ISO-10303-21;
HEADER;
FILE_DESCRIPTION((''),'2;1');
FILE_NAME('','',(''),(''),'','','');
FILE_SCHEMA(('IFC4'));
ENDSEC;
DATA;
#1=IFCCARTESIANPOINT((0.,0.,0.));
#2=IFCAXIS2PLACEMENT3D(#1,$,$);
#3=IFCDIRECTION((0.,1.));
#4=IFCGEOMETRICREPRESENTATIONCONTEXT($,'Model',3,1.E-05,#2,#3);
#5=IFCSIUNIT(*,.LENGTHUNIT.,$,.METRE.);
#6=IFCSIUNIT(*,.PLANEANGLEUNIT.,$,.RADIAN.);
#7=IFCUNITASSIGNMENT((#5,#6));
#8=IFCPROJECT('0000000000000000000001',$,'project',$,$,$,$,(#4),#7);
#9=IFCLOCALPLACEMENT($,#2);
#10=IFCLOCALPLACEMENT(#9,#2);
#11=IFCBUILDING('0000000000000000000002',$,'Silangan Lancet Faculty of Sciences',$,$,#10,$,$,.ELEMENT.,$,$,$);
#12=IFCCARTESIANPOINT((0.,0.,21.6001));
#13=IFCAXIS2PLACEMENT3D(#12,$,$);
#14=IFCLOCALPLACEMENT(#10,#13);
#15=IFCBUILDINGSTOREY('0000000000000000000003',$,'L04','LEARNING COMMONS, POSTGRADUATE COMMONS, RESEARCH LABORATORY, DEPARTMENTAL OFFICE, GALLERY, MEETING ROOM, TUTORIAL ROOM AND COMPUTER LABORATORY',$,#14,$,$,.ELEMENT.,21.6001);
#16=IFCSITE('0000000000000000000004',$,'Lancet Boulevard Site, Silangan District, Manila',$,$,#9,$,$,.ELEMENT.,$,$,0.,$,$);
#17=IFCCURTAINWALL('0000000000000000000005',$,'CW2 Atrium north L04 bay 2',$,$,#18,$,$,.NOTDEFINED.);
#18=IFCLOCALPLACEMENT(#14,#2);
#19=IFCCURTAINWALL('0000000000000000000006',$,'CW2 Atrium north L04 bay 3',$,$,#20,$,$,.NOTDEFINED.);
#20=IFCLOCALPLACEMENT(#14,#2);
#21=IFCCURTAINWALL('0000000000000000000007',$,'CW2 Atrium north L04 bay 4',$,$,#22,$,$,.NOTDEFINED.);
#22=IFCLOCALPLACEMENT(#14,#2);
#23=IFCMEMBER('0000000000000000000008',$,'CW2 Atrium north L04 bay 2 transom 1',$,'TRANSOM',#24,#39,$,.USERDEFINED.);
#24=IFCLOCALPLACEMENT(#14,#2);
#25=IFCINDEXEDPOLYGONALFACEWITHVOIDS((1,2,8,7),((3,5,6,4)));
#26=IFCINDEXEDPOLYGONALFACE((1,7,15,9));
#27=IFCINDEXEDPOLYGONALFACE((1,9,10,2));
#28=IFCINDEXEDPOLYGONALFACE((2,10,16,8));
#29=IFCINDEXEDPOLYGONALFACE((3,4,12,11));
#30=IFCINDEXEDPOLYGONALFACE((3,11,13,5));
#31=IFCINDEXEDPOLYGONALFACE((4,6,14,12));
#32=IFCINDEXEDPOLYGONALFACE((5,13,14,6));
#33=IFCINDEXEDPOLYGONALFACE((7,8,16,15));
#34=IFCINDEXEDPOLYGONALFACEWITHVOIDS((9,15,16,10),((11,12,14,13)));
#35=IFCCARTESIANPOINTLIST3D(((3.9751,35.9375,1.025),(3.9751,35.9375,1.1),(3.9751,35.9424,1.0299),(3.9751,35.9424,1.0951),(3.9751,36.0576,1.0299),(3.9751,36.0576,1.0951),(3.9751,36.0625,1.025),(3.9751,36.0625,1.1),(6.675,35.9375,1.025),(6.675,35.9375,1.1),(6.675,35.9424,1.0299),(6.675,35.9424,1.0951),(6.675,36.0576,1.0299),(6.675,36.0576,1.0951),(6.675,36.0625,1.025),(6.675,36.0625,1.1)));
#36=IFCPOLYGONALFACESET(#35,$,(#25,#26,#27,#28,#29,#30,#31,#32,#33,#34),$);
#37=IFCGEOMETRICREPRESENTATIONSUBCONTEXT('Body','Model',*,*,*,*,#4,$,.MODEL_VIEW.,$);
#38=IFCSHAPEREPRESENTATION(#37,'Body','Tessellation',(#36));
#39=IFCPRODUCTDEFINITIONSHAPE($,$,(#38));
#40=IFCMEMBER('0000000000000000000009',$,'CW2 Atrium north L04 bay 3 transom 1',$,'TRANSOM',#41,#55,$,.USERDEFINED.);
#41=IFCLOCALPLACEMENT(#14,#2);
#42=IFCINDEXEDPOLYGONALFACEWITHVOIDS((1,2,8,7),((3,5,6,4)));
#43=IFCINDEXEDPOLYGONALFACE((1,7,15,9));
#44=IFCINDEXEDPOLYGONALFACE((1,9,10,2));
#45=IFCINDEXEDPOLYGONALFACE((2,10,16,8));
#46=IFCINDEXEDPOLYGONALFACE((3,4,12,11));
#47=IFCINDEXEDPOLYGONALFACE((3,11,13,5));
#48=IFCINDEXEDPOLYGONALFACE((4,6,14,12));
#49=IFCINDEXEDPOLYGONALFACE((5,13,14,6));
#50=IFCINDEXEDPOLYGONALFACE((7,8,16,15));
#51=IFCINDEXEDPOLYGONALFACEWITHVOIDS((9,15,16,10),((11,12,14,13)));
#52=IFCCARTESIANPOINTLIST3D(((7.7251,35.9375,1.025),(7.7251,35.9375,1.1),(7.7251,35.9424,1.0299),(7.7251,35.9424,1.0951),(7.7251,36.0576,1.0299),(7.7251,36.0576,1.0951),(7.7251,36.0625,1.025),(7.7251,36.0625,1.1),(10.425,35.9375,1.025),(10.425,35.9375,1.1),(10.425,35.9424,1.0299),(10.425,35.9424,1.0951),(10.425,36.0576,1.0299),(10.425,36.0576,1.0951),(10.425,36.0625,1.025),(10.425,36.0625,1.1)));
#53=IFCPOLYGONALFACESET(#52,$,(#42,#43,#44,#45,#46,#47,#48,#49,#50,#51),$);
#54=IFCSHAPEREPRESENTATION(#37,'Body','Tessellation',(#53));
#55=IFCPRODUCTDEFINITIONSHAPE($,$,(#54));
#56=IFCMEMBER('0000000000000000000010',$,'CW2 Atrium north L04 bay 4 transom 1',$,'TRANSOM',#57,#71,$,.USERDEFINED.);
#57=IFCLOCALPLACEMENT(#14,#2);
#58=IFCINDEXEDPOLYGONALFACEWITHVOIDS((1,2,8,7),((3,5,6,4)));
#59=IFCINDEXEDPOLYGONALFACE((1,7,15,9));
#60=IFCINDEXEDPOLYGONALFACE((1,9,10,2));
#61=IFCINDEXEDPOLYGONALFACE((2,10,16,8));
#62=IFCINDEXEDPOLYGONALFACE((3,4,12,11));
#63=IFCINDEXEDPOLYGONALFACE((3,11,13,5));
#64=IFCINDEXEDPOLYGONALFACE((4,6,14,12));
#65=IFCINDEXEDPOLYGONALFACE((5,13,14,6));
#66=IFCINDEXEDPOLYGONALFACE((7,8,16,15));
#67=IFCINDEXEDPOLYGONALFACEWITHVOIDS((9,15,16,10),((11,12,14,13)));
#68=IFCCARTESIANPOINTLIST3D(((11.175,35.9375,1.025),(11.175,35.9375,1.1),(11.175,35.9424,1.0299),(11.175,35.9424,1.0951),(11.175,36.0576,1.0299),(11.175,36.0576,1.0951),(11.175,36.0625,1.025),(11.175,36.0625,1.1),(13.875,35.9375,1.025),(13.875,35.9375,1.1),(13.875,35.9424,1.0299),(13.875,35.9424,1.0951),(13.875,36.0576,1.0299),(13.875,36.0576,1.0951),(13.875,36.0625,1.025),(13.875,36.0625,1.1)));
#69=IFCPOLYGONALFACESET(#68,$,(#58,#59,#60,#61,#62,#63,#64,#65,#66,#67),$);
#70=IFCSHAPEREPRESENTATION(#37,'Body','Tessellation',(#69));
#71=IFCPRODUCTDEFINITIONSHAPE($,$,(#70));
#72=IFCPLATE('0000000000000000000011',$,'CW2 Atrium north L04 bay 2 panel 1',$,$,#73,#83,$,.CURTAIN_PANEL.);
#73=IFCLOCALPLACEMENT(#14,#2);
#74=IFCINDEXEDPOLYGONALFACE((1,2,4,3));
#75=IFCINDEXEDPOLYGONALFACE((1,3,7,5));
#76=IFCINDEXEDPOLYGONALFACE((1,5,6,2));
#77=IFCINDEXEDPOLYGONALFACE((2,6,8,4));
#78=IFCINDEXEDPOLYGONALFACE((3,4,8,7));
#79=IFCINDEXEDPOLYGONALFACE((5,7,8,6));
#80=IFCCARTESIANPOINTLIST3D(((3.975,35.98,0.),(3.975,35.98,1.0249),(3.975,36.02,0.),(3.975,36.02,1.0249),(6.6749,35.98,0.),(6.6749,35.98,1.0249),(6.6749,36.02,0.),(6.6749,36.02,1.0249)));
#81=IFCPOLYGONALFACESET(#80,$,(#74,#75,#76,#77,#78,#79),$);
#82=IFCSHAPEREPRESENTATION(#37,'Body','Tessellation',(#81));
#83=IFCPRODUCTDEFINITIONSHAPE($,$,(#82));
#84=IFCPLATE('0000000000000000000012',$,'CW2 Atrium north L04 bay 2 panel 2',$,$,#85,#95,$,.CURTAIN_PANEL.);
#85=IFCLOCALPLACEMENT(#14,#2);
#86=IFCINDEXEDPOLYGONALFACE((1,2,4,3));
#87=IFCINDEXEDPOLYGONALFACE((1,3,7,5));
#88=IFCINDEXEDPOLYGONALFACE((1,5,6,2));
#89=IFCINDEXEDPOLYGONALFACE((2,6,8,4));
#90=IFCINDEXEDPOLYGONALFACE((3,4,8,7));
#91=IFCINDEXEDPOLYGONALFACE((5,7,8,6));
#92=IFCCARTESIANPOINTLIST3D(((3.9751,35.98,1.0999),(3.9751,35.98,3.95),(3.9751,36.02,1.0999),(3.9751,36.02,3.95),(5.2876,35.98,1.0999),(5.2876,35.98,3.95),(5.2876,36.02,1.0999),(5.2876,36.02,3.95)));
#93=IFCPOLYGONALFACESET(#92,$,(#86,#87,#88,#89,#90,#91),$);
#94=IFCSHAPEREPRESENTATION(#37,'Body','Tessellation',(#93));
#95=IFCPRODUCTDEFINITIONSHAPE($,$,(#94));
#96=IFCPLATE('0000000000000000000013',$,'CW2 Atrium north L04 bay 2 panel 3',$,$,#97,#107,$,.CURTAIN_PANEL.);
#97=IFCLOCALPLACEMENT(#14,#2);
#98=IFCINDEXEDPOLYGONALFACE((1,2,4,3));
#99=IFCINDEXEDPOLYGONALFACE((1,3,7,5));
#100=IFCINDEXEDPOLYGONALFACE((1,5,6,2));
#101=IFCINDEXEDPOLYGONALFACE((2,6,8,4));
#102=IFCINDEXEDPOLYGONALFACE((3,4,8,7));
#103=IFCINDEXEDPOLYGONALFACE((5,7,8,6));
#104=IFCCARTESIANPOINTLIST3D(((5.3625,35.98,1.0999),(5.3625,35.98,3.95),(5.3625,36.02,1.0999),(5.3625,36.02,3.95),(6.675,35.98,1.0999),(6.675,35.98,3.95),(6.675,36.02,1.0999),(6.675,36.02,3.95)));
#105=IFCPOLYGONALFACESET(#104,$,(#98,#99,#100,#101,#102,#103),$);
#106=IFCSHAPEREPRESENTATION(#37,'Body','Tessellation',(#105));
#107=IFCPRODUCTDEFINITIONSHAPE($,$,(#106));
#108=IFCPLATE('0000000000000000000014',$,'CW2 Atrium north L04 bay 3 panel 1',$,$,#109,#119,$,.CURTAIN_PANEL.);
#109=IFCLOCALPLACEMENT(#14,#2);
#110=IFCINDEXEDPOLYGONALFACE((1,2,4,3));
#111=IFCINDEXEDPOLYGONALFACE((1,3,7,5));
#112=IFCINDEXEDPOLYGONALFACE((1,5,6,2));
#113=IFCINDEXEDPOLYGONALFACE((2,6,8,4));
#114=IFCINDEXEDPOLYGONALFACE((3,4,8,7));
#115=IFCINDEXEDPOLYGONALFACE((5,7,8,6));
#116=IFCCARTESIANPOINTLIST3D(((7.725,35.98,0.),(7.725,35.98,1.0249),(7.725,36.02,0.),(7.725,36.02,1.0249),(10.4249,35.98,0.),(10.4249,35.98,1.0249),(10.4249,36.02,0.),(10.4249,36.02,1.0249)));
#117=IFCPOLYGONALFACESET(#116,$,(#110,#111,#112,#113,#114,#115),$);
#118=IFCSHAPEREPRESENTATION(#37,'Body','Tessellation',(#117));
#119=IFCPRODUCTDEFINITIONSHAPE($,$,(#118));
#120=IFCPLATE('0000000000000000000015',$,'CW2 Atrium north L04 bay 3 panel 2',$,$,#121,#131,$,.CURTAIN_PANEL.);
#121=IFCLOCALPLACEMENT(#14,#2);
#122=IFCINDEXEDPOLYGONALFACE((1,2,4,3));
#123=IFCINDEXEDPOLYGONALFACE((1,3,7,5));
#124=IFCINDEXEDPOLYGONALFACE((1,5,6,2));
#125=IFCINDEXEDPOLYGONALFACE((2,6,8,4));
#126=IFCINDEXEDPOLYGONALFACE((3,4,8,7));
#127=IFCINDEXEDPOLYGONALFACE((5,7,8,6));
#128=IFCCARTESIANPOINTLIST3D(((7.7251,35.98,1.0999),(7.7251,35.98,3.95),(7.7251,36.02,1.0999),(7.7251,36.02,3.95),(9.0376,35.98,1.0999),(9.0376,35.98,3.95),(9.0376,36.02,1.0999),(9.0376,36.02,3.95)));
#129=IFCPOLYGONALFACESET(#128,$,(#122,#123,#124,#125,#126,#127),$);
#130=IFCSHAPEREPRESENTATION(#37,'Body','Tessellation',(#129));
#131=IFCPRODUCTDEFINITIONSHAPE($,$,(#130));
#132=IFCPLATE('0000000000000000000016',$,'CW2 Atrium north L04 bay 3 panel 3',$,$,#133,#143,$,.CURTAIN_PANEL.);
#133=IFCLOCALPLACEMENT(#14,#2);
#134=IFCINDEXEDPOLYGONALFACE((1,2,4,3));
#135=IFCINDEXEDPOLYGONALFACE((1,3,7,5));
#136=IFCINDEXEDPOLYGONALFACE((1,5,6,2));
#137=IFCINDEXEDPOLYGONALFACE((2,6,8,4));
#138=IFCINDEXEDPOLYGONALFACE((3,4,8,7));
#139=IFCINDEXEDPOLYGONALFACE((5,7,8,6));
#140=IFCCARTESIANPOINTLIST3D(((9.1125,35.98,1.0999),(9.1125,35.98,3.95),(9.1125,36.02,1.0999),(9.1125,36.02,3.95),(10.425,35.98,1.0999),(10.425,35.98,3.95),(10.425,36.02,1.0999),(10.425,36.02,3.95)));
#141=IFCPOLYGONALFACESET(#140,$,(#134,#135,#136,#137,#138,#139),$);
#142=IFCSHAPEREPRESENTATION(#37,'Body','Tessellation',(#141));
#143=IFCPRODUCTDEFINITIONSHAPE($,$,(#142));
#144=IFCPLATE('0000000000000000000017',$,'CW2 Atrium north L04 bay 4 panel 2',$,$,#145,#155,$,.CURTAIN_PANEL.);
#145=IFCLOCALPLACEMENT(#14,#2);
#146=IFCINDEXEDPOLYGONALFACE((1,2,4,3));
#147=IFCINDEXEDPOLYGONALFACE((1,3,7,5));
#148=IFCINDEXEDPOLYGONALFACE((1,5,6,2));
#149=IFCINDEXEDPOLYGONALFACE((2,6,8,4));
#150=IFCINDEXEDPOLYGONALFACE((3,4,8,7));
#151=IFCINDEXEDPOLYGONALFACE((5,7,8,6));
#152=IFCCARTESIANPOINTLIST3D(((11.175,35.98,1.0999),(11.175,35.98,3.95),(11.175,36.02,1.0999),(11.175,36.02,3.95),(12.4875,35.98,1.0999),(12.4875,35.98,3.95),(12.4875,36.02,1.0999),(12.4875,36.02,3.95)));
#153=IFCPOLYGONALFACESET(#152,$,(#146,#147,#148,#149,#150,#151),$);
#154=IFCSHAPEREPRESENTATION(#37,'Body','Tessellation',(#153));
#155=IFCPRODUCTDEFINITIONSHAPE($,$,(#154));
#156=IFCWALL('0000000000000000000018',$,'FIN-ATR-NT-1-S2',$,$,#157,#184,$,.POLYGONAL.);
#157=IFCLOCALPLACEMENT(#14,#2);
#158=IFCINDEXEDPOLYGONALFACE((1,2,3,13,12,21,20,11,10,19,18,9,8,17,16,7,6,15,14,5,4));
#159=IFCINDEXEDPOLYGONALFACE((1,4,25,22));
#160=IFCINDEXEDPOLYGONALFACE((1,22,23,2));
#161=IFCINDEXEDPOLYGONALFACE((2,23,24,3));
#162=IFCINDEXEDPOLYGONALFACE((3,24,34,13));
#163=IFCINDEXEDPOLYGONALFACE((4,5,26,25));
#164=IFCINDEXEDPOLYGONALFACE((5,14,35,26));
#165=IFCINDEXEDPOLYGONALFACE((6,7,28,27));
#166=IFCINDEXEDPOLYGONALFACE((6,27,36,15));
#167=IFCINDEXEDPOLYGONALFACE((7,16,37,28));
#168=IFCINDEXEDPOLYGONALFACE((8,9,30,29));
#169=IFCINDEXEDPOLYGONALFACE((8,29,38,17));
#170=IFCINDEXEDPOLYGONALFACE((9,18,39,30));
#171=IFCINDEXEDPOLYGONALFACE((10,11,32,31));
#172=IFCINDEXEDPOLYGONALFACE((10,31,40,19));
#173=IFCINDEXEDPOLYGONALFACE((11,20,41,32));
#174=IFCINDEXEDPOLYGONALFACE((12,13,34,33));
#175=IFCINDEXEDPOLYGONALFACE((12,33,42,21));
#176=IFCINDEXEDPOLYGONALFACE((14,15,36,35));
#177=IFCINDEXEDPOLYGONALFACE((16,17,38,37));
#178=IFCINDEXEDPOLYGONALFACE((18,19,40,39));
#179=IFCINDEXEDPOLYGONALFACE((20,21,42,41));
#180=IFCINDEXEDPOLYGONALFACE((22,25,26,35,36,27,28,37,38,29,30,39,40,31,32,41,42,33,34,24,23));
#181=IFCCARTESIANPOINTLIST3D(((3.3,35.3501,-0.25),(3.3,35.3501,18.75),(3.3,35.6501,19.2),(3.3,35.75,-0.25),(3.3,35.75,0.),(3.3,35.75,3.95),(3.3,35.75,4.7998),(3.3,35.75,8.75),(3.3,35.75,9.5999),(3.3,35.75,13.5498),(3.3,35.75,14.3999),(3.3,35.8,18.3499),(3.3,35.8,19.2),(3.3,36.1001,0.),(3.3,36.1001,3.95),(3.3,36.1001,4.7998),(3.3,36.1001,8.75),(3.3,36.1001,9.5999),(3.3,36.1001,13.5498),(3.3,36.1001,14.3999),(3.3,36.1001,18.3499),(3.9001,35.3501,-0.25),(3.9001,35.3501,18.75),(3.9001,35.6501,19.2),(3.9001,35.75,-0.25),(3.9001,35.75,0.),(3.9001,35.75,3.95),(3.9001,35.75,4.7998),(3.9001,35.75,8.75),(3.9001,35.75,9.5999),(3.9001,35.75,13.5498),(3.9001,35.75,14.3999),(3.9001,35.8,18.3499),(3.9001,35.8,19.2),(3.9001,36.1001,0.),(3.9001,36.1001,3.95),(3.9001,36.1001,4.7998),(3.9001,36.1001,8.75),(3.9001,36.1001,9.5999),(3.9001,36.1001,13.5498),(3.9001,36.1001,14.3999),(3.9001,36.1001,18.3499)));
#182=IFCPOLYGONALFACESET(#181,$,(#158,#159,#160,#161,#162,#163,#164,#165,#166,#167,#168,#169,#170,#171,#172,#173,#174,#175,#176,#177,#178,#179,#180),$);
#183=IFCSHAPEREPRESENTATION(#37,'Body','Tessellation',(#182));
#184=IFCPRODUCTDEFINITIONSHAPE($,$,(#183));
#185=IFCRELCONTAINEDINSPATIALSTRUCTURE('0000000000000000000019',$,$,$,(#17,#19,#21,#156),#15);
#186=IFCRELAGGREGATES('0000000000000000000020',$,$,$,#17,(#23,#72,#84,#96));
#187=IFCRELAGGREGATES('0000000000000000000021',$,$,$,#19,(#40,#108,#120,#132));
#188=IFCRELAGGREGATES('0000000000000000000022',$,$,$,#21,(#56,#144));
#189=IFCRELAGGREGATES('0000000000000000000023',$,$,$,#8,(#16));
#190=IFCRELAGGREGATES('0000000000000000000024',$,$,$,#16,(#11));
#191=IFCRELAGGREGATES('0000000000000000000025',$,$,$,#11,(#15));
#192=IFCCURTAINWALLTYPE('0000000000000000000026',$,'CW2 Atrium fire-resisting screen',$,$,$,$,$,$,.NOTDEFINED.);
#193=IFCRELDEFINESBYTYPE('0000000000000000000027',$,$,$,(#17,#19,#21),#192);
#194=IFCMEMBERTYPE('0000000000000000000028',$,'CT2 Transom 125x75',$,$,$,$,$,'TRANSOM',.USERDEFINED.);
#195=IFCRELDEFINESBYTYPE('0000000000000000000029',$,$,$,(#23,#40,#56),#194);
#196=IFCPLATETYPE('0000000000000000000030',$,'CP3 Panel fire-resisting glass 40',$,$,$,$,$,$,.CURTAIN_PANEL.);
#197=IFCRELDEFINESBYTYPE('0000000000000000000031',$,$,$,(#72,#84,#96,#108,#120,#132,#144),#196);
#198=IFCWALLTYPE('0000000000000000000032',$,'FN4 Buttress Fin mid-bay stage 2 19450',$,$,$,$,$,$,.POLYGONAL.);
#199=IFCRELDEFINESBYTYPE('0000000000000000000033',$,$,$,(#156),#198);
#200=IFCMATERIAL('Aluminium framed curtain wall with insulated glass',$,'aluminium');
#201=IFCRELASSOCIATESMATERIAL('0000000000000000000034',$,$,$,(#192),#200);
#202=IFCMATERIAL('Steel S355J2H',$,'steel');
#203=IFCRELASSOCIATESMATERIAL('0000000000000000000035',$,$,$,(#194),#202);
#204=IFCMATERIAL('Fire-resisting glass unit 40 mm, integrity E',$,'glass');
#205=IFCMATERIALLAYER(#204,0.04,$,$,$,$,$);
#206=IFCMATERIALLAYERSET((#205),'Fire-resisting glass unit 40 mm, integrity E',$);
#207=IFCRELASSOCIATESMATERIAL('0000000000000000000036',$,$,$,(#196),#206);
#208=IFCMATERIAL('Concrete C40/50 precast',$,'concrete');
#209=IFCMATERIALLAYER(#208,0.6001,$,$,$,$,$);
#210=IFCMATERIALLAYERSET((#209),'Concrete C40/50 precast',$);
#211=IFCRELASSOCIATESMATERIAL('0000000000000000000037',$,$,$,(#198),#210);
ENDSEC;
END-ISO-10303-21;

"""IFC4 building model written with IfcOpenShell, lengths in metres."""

from ifc_helpers import new_model, si_unit, direction, frame, origin, origin_2d, place, context, subcontext, project, spatial, polyline, rectangle, hollow_rectangle, outline, extrude, material, layer, layer_set, material_profile, profile_set, type_object, element, aggregate, save


model = new_model("IFC4")

# Units and contexts
model_context = context("Model", 3, precision=1e-05, world=origin(), true_north=direction((0.0, 1.0)))
body_context = subcontext(model_context, "Body", "Model", "MODEL_VIEW")
ifc_project = project(units=[si_unit("LENGTHUNIT", "METRE"), si_unit("PLANEANGLEUNIT", "RADIAN")], contexts=[model_context])

# Site, building, storey
site_placement = place(None, origin())
site = spatial("IfcSite", under=ifc_project, at=site_placement, Name="Lancet Boulevard Site, Silangan District, Manila", CompositionType="ELEMENT", RefElevation=0.0)
building_placement = place(site_placement, origin())
building = spatial("IfcBuilding", under=site, at=building_placement, Name="Silangan Lancet Faculty of Sciences", CompositionType="ELEMENT")
storey_placement = place(building_placement, frame((0.0, 0.0, 21.6001)))
storey = spatial("IfcBuildingStorey", under=building, at=storey_placement, Name="L04", Description="LEARNING COMMONS, POSTGRADUATE COMMONS, RESEARCH LABORATORY, DEPARTMENTAL OFFICE, GALLERY, MEETING ROOM, TUTORIAL ROOM AND COMPUTER LABORATORY", CompositionType="ELEMENT", Elevation=21.6001)

# Curtain walls
ifc_material_1 = material(Name="Aluminium framed curtain wall with insulated glass", Category="aluminium")
curtain_wall_type = type_object("IfcCurtainWallType", Name="CW2 Atrium fire-resisting screen", PredefinedType="NOTDEFINED", material=ifc_material_1)
curtain_wall_1_placement = place(storey_placement, origin())
curtain_wall_1 = element("IfcCurtainWall", 1, at=curtain_wall_1_placement, inside=storey, type_object=curtain_wall_type, Name="CW2 Atrium north L04 bay 2", PredefinedType="NOTDEFINED")
curtain_wall_2_placement = place(storey_placement, origin())
curtain_wall_2 = element("IfcCurtainWall", 2, at=curtain_wall_2_placement, inside=storey, type_object=curtain_wall_type, Name="CW2 Atrium north L04 bay 3", PredefinedType="NOTDEFINED")
curtain_wall_3_placement = place(storey_placement, origin())
curtain_wall_3 = element("IfcCurtainWall", 3, at=curtain_wall_3_placement, inside=storey, type_object=curtain_wall_type, Name="CW2 Atrium north L04 bay 4", PredefinedType="NOTDEFINED")

# Members
ifc_material_2 = material(Name="Steel S355J2H", Category="steel")
ifc_material_profile_1 = material_profile(ifc_material_2, hollow_rectangle(XDim=0.125, YDim=0.075, WallThickness=0.0049, at=origin_2d()), Name="ST BOX 125x75x5")
ifc_profile_set_1 = profile_set([ifc_material_profile_1], Name="Steel S355J2H")
member_type_1 = type_object("IfcMemberType", Name="CT2 Transom 125x75", ElementType="TRANSOM", PredefinedType="USERDEFINED", material=ifc_profile_set_1)
member_1_placement = place(storey_placement, frame((3.9751, 36.0, 1.0625), z_axis=(1.0, 0.0, 0.0), x_axis=(0.0, 1.0, 0.0)))
member_1 = element("IfcMember", 4, at=member_1_placement, type_object=member_type_1, Name="CW2 Atrium north L04 bay 2 transom 1", ObjectType="TRANSOM", PredefinedType="USERDEFINED", context=body_context, shape_type="SweptSolid", body=[
    extrude(hollow_rectangle(XDim=0.125, YDim=0.075, WallThickness=0.0049, at=origin_2d()), origin(), (0.0, 0.0, 1.0), 2.7),
])
member_2_placement = place(storey_placement, frame((7.7251, 36.0, 1.0625), z_axis=(1.0, 0.0, 0.0), x_axis=(0.0, 1.0, 0.0)))
member_2 = element("IfcMember", 5, at=member_2_placement, type_object=member_type_1, Name="CW2 Atrium north L04 bay 3 transom 1", ObjectType="TRANSOM", PredefinedType="USERDEFINED", context=body_context, shape_type="SweptSolid", body=[
    extrude(hollow_rectangle(XDim=0.125, YDim=0.075, WallThickness=0.0049, at=origin_2d()), origin(), (0.0, 0.0, 1.0), 2.7),
])
member_3_placement = place(storey_placement, frame((11.175, 36.0, 1.0625), z_axis=(1.0, 0.0, 0.0), x_axis=(0.0, 1.0, 0.0)))
member_3 = element("IfcMember", 6, at=member_3_placement, type_object=member_type_1, Name="CW2 Atrium north L04 bay 4 transom 1", ObjectType="TRANSOM", PredefinedType="USERDEFINED", context=body_context, shape_type="SweptSolid", body=[
    extrude(hollow_rectangle(XDim=0.125, YDim=0.075, WallThickness=0.0049, at=origin_2d()), origin(), (0.0, 0.0, 1.0), 2.7),
])

# Plates
ifc_material_3 = material(Name="Fire-resisting glass unit 40 mm, integrity E", Category="glass")
ifc_layer_1 = layer(ifc_material_3, 0.04)
ifc_layer_set_1 = layer_set([ifc_layer_1], Name="Fire-resisting glass unit 40 mm, integrity E")
plate_type = type_object("IfcPlateType", Name="CP3 Panel fire-resisting glass 40", PredefinedType="CURTAIN_PANEL", material=ifc_layer_set_1)
plate_1_placement = place(storey_placement, frame((5.325, 36.0, 0.0), z_axis=(0.0, 0.0, 1.0), x_axis=(1.0, 0.0, 0.0)))
plate_1 = element("IfcPlate", 7, at=plate_1_placement, type_object=plate_type, Name="CW2 Atrium north L04 bay 2 panel 1", PredefinedType="CURTAIN_PANEL", context=body_context, shape_type="SweptSolid", body=[
    extrude(rectangle(XDim=2.7, YDim=0.04, at=origin_2d()), origin(), (0.0, 0.0, 1.0), 1.0249),
])
plate_2_placement = place(storey_placement, frame((4.6313, 36.0, 1.0999), z_axis=(0.0, 0.0, 1.0), x_axis=(1.0, 0.0, 0.0)))
plate_2 = element("IfcPlate", 8, at=plate_2_placement, type_object=plate_type, Name="CW2 Atrium north L04 bay 2 panel 2", PredefinedType="CURTAIN_PANEL", context=body_context, shape_type="SweptSolid", body=[
    extrude(rectangle(XDim=1.3125, YDim=0.04, at=origin_2d()), origin(), (0.0, 0.0, 1.0), 2.8501),
])
plate_3_placement = place(storey_placement, frame((6.0188, 36.0, 1.0999), z_axis=(0.0, 0.0, 1.0), x_axis=(1.0, 0.0, 0.0)))
plate_3 = element("IfcPlate", 9, at=plate_3_placement, type_object=plate_type, Name="CW2 Atrium north L04 bay 2 panel 3", PredefinedType="CURTAIN_PANEL", context=body_context, shape_type="SweptSolid", body=[
    extrude(rectangle(XDim=1.3125, YDim=0.04, at=origin_2d()), origin(), (0.0, 0.0, 1.0), 2.8501),
])
aggregate(curtain_wall_1, [member_1, plate_1, plate_2, plate_3])
plate_4_placement = place(storey_placement, frame((9.075, 36.0, 0.0), z_axis=(0.0, 0.0, 1.0), x_axis=(1.0, 0.0, 0.0)))
plate_4 = element("IfcPlate", 10, at=plate_4_placement, type_object=plate_type, Name="CW2 Atrium north L04 bay 3 panel 1", PredefinedType="CURTAIN_PANEL", context=body_context, shape_type="SweptSolid", body=[
    extrude(rectangle(XDim=2.7, YDim=0.04, at=origin_2d()), origin(), (0.0, 0.0, 1.0), 1.0249),
])
plate_5_placement = place(storey_placement, frame((8.3813, 36.0, 1.0999), z_axis=(0.0, 0.0, 1.0), x_axis=(1.0, 0.0, 0.0)))
plate_5 = element("IfcPlate", 11, at=plate_5_placement, type_object=plate_type, Name="CW2 Atrium north L04 bay 3 panel 2", PredefinedType="CURTAIN_PANEL", context=body_context, shape_type="SweptSolid", body=[
    extrude(rectangle(XDim=1.3125, YDim=0.04, at=origin_2d()), origin(), (0.0, 0.0, 1.0), 2.8501),
])
plate_6_placement = place(storey_placement, frame((9.7688, 36.0, 1.0999), z_axis=(0.0, 0.0, 1.0), x_axis=(1.0, 0.0, 0.0)))
plate_6 = element("IfcPlate", 12, at=plate_6_placement, type_object=plate_type, Name="CW2 Atrium north L04 bay 3 panel 3", PredefinedType="CURTAIN_PANEL", context=body_context, shape_type="SweptSolid", body=[
    extrude(rectangle(XDim=1.3125, YDim=0.04, at=origin_2d()), origin(), (0.0, 0.0, 1.0), 2.8501),
])
aggregate(curtain_wall_2, [member_2, plate_4, plate_5, plate_6])
plate_7_placement = place(storey_placement, frame((11.8313, 36.0, 1.0999), z_axis=(0.0, 0.0, 1.0), x_axis=(1.0, 0.0, 0.0)))
plate_7 = element("IfcPlate", 13, at=plate_7_placement, type_object=plate_type, Name="CW2 Atrium north L04 bay 4 panel 2", PredefinedType="CURTAIN_PANEL", context=body_context, shape_type="SweptSolid", body=[
    extrude(rectangle(XDim=1.3125, YDim=0.04, at=origin_2d()), origin(), (0.0, 0.0, 1.0), 2.8501),
])
aggregate(curtain_wall_3, [member_3, plate_7])

# Wall
ifc_material_4 = material(Name="Concrete C40/50 precast", Category="concrete")
ifc_layer_2 = layer(ifc_material_4, 0.6001)
ifc_layer_set_2 = layer_set([ifc_layer_2], Name="Concrete C40/50 precast")
wall_type_1 = type_object("IfcWallType", Name="FN4 Buttress Fin mid-bay stage 2 19450", PredefinedType="POLYGONAL", material=ifc_layer_set_2)
for number, where, z_axis, x_axis, name in (
    (14, (3.6001, 36.1001, -0.25), (0.0, 0.0, 1.0), (0.0, -1.0, 0.0), "FIN-ATR-NT-1-S2"),
):
    element("IfcWall", number, at=place(storey_placement, frame(where, z_axis=z_axis, x_axis=x_axis)), inside=storey, type_object=wall_type_1, Name=name, PredefinedType="POLYGONAL", context=body_context, shape_type="SweptSolid", body=[
        extrude(outline(polyline([(0.75, 0.0), (0.75, 19.0), (0.45, 19.45), (0.3, 19.45), (0.3, 18.5999), (0.0, 18.5999), (0.0, 14.6499), (0.3501, 14.6499), (0.3501, 13.7998), (0.0, 13.7998), (0.0, 9.8499), (0.3501, 9.8499), (0.3501, 9.0), (0.0, 9.0), (0.0, 5.0498), (0.3501, 5.0498), (0.3501, 4.2), (0.0, 4.2), (0.0, 0.25), (0.3501, 0.25), (0.3501, 0.0), (0.75, 0.0)])), frame((0.0, 0.3, 0.0), z_axis=(0.0, -1.0, 0.0), x_axis=(1.0, 0.0, 0.0)), (0.0, 0.0, 1.0), 0.6001),
    ])

save(model, "model.ifc")
